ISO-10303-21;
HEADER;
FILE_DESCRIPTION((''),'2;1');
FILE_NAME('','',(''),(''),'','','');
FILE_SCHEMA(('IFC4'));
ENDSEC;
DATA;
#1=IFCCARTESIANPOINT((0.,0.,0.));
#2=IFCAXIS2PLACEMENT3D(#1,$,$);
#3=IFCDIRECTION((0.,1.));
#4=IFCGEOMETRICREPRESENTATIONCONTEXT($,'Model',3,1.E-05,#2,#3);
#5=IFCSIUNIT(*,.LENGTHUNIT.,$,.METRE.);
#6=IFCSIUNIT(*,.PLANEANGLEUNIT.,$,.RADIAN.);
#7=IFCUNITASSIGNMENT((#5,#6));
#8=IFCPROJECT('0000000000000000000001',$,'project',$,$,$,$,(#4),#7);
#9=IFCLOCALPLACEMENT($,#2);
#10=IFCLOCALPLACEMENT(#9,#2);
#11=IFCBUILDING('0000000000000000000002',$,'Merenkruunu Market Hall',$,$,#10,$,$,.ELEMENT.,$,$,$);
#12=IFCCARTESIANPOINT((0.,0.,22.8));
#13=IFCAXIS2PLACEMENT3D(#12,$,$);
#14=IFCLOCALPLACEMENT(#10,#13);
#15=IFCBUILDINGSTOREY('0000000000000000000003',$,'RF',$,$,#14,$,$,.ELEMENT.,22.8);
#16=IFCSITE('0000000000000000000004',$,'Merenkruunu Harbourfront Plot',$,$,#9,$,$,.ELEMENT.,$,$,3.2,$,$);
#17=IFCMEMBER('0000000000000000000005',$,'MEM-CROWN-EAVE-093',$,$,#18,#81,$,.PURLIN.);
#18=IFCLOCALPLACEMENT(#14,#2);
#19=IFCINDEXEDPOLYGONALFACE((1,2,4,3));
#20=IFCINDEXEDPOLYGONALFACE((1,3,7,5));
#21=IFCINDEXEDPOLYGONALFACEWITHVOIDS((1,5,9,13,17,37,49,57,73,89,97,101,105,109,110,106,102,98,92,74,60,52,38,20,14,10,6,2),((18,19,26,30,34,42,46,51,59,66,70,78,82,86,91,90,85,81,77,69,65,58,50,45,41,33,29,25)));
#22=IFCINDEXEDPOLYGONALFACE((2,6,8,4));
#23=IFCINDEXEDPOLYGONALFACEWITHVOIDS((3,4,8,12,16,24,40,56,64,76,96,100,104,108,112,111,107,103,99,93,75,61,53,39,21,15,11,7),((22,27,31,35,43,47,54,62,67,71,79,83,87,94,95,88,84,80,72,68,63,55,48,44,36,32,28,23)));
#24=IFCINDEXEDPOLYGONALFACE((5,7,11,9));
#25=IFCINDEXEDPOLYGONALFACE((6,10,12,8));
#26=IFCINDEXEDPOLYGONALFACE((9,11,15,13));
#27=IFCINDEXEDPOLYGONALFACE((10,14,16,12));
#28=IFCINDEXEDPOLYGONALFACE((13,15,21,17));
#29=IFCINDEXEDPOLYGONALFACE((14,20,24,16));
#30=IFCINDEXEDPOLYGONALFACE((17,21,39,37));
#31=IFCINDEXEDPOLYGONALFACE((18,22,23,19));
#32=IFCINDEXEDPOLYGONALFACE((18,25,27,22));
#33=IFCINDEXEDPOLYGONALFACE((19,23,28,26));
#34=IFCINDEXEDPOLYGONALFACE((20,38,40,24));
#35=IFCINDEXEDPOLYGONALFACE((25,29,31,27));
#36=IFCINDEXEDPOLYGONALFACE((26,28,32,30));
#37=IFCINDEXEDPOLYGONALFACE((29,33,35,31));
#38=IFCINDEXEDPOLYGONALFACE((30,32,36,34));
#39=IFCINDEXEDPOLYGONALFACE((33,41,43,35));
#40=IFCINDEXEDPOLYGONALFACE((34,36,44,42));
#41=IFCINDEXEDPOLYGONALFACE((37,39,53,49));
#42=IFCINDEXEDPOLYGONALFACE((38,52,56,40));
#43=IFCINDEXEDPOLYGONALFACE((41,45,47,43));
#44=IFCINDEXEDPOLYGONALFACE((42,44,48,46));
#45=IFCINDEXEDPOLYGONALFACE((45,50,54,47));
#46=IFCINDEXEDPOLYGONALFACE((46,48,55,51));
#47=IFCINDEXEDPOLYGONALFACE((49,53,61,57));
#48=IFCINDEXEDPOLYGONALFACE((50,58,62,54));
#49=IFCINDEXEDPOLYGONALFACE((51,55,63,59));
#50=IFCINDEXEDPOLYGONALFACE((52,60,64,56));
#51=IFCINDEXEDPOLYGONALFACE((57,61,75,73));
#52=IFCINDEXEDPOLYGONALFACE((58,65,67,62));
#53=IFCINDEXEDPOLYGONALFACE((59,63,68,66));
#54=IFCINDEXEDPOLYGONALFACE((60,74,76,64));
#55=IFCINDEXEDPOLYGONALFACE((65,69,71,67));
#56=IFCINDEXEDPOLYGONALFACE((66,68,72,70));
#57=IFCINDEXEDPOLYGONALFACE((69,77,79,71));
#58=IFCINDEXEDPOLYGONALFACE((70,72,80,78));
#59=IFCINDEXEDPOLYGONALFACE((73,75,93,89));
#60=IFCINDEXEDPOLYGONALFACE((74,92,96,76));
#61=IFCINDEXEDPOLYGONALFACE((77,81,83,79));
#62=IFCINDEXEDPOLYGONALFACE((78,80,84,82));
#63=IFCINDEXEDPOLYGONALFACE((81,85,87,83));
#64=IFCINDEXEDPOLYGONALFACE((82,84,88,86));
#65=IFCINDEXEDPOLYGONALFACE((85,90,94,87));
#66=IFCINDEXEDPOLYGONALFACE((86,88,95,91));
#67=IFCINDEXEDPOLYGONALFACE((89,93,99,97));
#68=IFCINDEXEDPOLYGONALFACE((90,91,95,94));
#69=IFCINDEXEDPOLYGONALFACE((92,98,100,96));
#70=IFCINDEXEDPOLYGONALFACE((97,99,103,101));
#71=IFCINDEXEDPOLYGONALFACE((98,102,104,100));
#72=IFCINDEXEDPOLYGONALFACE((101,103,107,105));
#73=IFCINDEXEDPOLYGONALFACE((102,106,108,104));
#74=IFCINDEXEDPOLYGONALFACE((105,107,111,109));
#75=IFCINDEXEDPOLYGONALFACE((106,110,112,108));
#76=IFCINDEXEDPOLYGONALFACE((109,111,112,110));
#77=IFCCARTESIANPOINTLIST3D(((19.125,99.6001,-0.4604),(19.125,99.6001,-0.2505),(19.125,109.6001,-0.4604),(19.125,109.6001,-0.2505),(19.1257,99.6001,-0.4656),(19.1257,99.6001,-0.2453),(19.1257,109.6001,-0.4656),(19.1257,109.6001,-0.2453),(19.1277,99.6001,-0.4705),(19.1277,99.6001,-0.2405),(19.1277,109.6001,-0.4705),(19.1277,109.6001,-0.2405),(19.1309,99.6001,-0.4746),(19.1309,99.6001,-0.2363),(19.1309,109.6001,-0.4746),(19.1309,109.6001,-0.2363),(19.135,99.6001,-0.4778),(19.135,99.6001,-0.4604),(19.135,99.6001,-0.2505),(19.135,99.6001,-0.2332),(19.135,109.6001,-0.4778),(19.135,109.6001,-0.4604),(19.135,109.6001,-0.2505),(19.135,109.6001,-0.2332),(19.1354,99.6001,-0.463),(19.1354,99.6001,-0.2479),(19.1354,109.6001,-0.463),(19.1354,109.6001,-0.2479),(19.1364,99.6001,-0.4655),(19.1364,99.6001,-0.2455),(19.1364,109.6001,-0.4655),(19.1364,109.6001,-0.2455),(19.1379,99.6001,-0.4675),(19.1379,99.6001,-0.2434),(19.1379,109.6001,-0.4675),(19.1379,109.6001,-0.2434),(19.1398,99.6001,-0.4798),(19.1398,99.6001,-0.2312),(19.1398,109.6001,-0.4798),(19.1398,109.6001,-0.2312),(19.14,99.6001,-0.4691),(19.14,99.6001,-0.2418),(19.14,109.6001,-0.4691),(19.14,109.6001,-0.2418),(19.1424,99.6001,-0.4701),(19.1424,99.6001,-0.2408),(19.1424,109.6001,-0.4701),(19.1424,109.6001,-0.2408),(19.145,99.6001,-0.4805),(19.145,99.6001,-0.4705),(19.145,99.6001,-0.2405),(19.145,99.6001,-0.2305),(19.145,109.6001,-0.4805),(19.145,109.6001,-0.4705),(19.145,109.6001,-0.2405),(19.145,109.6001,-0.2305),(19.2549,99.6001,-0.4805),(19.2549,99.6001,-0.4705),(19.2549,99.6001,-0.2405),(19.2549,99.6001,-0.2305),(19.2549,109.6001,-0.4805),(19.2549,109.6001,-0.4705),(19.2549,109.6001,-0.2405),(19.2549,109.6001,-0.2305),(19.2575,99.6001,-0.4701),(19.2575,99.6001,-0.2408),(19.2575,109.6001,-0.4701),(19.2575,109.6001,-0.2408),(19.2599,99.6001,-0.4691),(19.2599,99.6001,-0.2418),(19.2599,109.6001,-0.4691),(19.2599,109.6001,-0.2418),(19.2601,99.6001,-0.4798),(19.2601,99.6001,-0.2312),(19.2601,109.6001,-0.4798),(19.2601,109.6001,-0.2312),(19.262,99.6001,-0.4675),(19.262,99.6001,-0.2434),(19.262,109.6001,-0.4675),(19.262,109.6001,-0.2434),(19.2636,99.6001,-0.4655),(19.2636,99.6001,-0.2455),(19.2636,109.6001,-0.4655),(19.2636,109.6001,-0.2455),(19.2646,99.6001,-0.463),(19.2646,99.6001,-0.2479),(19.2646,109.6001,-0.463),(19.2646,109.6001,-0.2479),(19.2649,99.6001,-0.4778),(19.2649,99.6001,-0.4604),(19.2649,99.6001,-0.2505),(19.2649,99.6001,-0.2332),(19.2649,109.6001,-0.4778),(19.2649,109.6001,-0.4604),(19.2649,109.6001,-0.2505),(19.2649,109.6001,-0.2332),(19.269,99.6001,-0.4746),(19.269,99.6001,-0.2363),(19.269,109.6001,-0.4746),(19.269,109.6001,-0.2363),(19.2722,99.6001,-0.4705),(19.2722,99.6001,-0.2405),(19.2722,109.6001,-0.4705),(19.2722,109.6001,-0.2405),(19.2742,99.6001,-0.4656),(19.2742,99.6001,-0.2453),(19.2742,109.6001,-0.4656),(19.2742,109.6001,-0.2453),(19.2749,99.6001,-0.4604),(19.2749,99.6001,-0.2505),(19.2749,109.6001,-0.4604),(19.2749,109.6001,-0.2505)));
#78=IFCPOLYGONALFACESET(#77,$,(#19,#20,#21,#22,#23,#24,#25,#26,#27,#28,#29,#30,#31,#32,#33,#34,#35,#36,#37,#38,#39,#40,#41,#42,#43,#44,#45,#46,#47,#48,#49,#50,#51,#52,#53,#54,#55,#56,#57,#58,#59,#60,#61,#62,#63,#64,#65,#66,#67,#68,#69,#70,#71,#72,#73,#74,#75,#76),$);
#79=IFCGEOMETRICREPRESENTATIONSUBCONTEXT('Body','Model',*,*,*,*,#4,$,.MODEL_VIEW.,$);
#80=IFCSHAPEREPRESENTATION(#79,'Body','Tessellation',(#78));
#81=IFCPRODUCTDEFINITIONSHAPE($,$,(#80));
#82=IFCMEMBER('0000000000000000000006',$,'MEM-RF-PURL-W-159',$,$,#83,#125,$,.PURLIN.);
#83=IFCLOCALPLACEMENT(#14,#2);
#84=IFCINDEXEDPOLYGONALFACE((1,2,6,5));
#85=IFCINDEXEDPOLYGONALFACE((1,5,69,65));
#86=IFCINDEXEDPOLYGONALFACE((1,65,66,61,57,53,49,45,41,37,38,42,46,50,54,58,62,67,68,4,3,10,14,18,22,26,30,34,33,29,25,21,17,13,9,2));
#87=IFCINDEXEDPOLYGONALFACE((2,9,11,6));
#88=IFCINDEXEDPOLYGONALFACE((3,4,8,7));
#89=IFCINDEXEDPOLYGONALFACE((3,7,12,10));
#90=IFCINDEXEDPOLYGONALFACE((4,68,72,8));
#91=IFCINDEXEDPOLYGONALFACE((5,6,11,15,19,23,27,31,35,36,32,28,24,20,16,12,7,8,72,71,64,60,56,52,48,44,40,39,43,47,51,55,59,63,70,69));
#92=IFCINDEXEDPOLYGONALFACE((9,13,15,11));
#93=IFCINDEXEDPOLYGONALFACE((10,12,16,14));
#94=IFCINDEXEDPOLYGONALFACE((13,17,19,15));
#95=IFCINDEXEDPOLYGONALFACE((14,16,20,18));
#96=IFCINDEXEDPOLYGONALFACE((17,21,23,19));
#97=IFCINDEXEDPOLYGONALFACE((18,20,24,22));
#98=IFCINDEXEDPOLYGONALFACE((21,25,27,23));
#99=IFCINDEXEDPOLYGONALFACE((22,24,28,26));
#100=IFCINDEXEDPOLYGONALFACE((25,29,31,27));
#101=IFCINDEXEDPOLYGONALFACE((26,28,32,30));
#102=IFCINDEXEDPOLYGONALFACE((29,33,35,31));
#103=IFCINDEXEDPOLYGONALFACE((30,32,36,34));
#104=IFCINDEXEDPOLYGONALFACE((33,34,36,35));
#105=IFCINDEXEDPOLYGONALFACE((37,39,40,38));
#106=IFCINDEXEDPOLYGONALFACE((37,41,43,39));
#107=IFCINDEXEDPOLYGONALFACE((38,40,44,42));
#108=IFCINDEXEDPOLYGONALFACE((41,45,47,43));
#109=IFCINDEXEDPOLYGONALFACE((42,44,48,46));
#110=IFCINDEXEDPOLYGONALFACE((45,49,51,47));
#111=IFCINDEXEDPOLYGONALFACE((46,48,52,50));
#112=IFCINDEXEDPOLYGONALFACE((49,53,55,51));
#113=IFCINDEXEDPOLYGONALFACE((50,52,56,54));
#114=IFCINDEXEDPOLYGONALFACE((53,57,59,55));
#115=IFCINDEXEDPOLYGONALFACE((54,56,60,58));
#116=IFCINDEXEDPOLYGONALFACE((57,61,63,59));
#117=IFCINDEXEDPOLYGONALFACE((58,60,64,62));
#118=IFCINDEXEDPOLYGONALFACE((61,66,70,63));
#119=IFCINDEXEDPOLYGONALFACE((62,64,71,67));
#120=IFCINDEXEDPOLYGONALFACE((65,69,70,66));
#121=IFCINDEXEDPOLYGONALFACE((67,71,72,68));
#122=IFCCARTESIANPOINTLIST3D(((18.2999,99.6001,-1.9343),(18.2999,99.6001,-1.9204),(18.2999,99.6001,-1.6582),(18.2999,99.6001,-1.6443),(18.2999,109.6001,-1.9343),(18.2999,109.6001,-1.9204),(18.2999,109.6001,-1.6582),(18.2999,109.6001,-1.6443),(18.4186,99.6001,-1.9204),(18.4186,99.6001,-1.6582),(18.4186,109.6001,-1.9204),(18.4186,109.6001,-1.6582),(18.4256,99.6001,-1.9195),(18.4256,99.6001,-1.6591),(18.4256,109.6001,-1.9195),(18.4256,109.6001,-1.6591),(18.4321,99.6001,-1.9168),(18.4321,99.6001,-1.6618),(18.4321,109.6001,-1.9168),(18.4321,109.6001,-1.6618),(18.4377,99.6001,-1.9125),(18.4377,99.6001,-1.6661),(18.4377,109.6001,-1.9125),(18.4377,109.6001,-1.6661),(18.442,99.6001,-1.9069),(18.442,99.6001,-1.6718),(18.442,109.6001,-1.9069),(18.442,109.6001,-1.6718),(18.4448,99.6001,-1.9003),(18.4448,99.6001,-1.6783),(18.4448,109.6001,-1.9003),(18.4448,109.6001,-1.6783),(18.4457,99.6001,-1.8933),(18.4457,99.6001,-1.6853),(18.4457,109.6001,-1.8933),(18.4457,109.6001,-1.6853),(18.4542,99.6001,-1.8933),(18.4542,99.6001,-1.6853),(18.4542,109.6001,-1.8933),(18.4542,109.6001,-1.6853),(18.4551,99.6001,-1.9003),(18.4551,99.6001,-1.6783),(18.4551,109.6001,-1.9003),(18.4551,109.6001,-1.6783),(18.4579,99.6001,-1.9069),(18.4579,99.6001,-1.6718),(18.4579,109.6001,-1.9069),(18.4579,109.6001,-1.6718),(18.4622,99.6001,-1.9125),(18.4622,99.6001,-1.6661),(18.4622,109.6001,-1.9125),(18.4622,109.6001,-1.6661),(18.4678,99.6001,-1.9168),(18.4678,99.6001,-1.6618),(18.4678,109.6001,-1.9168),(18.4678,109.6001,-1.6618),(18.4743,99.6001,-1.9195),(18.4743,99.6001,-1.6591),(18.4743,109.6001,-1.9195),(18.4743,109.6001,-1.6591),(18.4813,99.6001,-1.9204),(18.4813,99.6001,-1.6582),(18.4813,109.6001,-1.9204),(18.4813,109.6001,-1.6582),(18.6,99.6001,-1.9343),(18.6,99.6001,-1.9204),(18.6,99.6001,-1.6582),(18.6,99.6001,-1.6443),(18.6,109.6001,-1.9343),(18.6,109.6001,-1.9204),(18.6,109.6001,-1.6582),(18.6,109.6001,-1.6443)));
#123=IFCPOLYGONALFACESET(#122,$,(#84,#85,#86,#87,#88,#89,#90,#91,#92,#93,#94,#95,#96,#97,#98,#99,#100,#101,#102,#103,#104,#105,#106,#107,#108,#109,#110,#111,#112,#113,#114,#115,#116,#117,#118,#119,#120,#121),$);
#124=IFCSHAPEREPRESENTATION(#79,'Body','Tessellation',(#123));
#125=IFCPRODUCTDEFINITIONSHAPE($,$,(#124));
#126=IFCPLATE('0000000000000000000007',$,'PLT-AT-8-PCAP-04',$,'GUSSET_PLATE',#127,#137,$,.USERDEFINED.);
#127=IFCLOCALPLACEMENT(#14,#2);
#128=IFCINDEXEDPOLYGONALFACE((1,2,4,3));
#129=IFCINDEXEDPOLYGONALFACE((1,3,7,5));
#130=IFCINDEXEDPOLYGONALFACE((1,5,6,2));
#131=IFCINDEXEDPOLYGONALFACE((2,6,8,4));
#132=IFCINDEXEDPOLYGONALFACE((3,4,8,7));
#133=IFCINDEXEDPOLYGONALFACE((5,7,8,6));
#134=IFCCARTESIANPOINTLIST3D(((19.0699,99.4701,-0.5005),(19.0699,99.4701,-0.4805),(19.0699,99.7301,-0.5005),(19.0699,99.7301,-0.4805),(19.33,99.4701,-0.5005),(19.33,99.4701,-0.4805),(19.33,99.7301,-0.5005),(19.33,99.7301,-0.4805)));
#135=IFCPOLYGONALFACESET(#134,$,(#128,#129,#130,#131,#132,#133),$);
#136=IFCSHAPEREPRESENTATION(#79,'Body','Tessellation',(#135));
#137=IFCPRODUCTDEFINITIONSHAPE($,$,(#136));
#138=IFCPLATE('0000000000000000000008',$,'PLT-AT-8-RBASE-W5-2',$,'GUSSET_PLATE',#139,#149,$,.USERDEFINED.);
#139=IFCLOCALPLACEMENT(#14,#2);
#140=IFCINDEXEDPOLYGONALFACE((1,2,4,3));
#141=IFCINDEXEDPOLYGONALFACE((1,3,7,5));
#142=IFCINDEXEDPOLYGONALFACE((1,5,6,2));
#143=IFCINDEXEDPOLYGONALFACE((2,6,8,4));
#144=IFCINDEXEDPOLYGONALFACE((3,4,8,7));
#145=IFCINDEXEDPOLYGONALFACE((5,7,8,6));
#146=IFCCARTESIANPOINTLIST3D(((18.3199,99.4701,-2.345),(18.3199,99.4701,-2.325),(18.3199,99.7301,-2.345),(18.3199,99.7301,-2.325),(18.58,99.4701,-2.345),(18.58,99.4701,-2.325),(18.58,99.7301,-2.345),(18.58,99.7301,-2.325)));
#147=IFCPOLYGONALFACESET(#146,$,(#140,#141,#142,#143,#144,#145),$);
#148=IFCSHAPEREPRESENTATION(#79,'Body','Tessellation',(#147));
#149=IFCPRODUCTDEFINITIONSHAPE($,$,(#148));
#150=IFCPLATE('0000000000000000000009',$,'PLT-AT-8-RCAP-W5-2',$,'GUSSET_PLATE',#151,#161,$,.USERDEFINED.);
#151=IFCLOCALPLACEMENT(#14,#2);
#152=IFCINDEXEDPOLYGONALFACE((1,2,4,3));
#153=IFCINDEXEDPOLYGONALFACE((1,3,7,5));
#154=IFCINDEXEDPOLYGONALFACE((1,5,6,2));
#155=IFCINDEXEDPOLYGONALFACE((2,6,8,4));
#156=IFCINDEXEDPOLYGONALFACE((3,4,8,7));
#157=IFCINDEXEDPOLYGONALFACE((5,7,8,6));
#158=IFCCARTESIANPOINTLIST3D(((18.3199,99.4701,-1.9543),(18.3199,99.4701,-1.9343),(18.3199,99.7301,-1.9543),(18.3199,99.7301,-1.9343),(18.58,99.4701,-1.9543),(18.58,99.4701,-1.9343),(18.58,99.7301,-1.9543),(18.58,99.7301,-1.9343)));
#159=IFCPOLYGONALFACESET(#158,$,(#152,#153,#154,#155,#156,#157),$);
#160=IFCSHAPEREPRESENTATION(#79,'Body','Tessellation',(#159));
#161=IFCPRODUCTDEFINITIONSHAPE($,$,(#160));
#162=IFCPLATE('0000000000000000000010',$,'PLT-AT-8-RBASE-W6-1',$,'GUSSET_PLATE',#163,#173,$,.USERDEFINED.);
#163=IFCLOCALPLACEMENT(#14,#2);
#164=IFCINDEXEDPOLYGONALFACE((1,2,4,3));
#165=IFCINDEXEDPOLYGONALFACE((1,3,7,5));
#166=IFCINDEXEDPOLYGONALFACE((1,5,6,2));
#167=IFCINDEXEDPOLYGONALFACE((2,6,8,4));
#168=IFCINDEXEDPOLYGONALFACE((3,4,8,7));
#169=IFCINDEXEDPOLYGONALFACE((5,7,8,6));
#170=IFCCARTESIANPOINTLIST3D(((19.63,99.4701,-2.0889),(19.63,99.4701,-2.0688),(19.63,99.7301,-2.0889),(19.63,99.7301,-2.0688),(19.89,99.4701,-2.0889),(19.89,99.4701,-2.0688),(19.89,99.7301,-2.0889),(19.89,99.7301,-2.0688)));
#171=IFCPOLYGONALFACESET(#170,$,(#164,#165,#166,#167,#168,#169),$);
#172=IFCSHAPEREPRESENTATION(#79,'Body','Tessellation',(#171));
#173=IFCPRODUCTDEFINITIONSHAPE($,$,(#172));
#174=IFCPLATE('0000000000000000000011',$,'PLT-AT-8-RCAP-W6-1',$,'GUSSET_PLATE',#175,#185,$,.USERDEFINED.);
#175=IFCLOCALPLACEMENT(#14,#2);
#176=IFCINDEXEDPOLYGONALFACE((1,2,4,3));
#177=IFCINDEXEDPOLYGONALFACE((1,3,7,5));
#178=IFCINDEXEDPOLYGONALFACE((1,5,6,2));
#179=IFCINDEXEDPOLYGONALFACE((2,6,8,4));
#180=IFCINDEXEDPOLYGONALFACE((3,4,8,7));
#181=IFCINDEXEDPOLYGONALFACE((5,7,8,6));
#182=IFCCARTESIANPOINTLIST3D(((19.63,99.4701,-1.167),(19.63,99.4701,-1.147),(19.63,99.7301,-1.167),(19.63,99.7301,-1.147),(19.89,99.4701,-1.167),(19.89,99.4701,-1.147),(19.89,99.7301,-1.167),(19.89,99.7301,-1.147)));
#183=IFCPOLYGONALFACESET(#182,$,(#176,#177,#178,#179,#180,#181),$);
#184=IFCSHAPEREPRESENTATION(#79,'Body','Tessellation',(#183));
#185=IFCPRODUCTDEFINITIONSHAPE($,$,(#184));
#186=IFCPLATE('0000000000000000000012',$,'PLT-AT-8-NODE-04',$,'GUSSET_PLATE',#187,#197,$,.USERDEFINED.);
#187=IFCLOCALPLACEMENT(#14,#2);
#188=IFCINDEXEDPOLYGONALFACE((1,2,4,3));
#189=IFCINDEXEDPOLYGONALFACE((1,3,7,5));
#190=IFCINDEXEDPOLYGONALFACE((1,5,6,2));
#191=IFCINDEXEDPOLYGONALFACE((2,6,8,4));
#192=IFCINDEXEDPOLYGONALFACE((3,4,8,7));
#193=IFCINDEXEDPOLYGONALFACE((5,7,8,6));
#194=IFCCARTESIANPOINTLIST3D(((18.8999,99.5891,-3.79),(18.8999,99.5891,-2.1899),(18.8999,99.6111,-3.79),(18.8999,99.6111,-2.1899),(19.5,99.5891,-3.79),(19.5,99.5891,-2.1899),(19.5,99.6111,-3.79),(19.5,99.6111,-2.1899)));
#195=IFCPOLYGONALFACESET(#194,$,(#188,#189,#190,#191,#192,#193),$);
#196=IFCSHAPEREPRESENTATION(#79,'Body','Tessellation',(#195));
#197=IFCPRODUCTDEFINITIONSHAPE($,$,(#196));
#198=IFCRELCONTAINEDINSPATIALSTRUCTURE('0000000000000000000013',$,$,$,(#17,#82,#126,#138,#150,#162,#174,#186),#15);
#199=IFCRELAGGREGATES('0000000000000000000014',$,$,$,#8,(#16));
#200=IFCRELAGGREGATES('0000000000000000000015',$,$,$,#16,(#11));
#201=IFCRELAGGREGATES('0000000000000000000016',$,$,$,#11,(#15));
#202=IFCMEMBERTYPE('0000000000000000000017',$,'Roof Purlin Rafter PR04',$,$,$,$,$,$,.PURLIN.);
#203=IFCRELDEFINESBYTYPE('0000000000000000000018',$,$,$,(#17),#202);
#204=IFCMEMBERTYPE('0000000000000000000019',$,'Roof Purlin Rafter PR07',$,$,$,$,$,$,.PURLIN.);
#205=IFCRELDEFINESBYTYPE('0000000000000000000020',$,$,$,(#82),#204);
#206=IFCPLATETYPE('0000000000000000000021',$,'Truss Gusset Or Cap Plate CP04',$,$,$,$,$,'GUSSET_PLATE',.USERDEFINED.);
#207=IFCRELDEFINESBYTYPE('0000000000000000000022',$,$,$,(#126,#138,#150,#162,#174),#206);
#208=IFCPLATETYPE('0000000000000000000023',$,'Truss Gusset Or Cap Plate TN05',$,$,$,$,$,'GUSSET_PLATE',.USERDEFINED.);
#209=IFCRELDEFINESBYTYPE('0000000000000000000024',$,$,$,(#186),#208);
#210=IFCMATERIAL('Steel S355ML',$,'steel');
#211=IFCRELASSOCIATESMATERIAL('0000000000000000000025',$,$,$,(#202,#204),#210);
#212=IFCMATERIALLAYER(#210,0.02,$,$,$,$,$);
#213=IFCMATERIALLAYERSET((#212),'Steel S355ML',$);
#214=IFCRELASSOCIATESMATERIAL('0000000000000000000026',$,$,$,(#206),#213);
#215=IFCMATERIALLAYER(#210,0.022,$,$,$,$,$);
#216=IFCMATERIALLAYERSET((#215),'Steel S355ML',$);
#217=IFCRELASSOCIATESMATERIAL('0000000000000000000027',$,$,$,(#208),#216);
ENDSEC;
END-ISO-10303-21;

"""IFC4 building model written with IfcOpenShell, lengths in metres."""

from ifc_helpers import new_model, si_unit, direction, frame, origin, origin_2d, place, context, subcontext, project, spatial, rectangle, hollow_rectangle, i_section, extrude, material, layer, layer_set, material_profile, profile_set, type_object, element, save


model = new_model("IFC4")

# Units and contexts
model_context = context("Model", 3, precision=1e-05, world=origin(), true_north=direction((0.0, 1.0)))
body_context = subcontext(model_context, "Body", "Model", "MODEL_VIEW")
ifc_project = project(units=[si_unit("LENGTHUNIT", "METRE"), si_unit("PLANEANGLEUNIT", "RADIAN")], contexts=[model_context])

# Site, building, storey
site_placement = place(None, origin())
site = spatial("IfcSite", under=ifc_project, at=site_placement, Name="Merenkruunu Harbourfront Plot", CompositionType="ELEMENT", RefElevation=3.2)
building_placement = place(site_placement, origin())
building = spatial("IfcBuilding", under=site, at=building_placement, Name="Merenkruunu Market Hall", CompositionType="ELEMENT")
storey_placement = place(building_placement, frame((0.0, 0.0, 22.8)))
storey = spatial("IfcBuildingStorey", under=building, at=storey_placement, Name="RF", CompositionType="ELEMENT", Elevation=22.8)

# Members
ifc_material_1 = material(Name="Steel S355ML", Category="steel")
ifc_material_profile_1 = material_profile(ifc_material_1, hollow_rectangle(XDim=0.1499, YDim=0.25, WallThickness=0.01, InnerFilletRadius=0.01, OuterFilletRadius=0.02, at=origin_2d()), Name="RHS 250x150x10")
ifc_profile_set_1 = profile_set([ifc_material_profile_1], Name="Steel S355ML")
member_type_1 = type_object("IfcMemberType", Name="Roof Purlin Rafter PR04", PredefinedType="PURLIN", material=ifc_profile_set_1)
member_1_placement = place(storey_placement, frame((19.2, 99.6001, -0.3555), z_axis=(0.0, 1.0, 0.0), x_axis=(-1.0, 0.0, 0.0)))
element("IfcMember", 1, at=member_1_placement, inside=storey, type_object=member_type_1, Name="MEM-CROWN-EAVE-093", PredefinedType="PURLIN", context=body_context, shape_type="SweptSolid", body=[
    extrude(hollow_rectangle(XDim=0.1499, YDim=0.25, WallThickness=0.01, InnerFilletRadius=0.01, OuterFilletRadius=0.02, at=origin_2d()), origin(), (0.0, 0.0, 1.0), 10.0),
])
ifc_material_profile_2 = material_profile(ifc_material_1, i_section(OverallWidth=0.3, OverallDepth=0.29, WebThickness=0.0085, FlangeThickness=0.0139, FilletRadius=0.0271, at=origin_2d()), Name="HEA 300")
ifc_profile_set_2 = profile_set([ifc_material_profile_2], Name="Steel S355ML")
member_type_2 = type_object("IfcMemberType", Name="Roof Purlin Rafter PR07", PredefinedType="PURLIN", material=ifc_profile_set_2)
member_2_placement = place(storey_placement, frame((18.45, 99.6001, -1.7893), z_axis=(0.0, 1.0, 0.0), x_axis=(-1.0, 0.0, 0.0)))
element("IfcMember", 2, at=member_2_placement, inside=storey, type_object=member_type_2, Name="MEM-RF-PURL-W-159", PredefinedType="PURLIN", context=body_context, shape_type="SweptSolid", body=[
    extrude(i_section(OverallWidth=0.3, OverallDepth=0.29, WebThickness=0.0085, FlangeThickness=0.0139, FilletRadius=0.0271, at=origin_2d()), origin(), (0.0, 0.0, 1.0), 10.0),
])

# Plates
ifc_layer_1 = layer(ifc_material_1, 0.02)
ifc_layer_set_1 = layer_set([ifc_layer_1], Name="Steel S355ML")
plate_type_1 = type_object("IfcPlateType", Name="Truss Gusset Or Cap Plate CP04", ElementType="GUSSET_PLATE", PredefinedType="USERDEFINED", material=ifc_layer_set_1)
for number, where, z_axis, x_axis, name in (
    (3, (19.2, 99.6001, -0.5005), (0.0, 0.0, 1.0), (1.0, 0.0, 0.0), "PLT-AT-8-PCAP-04"),
    (4, (18.45, 99.6001, -2.345), (0.0, 0.0, 1.0), (1.0, 0.0, 0.0), "PLT-AT-8-RBASE-W5-2"),
    (5, (18.45, 99.6001, -1.9543), (0.0, 0.0, 1.0), (1.0, 0.0, 0.0), "PLT-AT-8-RCAP-W5-2"),
    (6, (19.76, 99.6001, -2.0889), (0.0, 0.0, 1.0), (1.0, 0.0, 0.0), "PLT-AT-8-RBASE-W6-1"),
    (7, (19.76, 99.6001, -1.167), (0.0, 0.0, 1.0), (1.0, 0.0, 0.0), "PLT-AT-8-RCAP-W6-1"),
):
    element("IfcPlate", number, at=place(storey_placement, frame(where, z_axis=z_axis, x_axis=x_axis)), inside=storey, type_object=plate_type_1, Name=name, ObjectType="GUSSET_PLATE", PredefinedType="USERDEFINED", context=body_context, shape_type="SweptSolid", body=[
        extrude(rectangle(XDim=0.26, YDim=0.26, at=origin_2d()), origin(), (0.0, 0.0, 1.0), 0.02),
    ])
ifc_layer_2 = layer(ifc_material_1, 0.022)
ifc_layer_set_2 = layer_set([ifc_layer_2], Name="Steel S355ML")
plate_type_2 = type_object("IfcPlateType", Name="Truss Gusset Or Cap Plate TN05", ElementType="GUSSET_PLATE", PredefinedType="USERDEFINED", material=ifc_layer_set_2)
plate_placement = place(storey_placement, frame((19.2, 99.6001, -3.79), z_axis=(0.0, 0.0, 1.0), x_axis=(1.0, 0.0, 0.0)))
element("IfcPlate", 8, at=plate_placement, inside=storey, type_object=plate_type_2, Name="PLT-AT-8-NODE-04", ObjectType="GUSSET_PLATE", PredefinedType="USERDEFINED", context=body_context, shape_type="SweptSolid", body=[
    extrude(rectangle(XDim=0.6001, YDim=0.022, at=origin_2d()), origin(), (0.0, 0.0, 1.0), 1.6001),
])

save(model, "model.ifc")
